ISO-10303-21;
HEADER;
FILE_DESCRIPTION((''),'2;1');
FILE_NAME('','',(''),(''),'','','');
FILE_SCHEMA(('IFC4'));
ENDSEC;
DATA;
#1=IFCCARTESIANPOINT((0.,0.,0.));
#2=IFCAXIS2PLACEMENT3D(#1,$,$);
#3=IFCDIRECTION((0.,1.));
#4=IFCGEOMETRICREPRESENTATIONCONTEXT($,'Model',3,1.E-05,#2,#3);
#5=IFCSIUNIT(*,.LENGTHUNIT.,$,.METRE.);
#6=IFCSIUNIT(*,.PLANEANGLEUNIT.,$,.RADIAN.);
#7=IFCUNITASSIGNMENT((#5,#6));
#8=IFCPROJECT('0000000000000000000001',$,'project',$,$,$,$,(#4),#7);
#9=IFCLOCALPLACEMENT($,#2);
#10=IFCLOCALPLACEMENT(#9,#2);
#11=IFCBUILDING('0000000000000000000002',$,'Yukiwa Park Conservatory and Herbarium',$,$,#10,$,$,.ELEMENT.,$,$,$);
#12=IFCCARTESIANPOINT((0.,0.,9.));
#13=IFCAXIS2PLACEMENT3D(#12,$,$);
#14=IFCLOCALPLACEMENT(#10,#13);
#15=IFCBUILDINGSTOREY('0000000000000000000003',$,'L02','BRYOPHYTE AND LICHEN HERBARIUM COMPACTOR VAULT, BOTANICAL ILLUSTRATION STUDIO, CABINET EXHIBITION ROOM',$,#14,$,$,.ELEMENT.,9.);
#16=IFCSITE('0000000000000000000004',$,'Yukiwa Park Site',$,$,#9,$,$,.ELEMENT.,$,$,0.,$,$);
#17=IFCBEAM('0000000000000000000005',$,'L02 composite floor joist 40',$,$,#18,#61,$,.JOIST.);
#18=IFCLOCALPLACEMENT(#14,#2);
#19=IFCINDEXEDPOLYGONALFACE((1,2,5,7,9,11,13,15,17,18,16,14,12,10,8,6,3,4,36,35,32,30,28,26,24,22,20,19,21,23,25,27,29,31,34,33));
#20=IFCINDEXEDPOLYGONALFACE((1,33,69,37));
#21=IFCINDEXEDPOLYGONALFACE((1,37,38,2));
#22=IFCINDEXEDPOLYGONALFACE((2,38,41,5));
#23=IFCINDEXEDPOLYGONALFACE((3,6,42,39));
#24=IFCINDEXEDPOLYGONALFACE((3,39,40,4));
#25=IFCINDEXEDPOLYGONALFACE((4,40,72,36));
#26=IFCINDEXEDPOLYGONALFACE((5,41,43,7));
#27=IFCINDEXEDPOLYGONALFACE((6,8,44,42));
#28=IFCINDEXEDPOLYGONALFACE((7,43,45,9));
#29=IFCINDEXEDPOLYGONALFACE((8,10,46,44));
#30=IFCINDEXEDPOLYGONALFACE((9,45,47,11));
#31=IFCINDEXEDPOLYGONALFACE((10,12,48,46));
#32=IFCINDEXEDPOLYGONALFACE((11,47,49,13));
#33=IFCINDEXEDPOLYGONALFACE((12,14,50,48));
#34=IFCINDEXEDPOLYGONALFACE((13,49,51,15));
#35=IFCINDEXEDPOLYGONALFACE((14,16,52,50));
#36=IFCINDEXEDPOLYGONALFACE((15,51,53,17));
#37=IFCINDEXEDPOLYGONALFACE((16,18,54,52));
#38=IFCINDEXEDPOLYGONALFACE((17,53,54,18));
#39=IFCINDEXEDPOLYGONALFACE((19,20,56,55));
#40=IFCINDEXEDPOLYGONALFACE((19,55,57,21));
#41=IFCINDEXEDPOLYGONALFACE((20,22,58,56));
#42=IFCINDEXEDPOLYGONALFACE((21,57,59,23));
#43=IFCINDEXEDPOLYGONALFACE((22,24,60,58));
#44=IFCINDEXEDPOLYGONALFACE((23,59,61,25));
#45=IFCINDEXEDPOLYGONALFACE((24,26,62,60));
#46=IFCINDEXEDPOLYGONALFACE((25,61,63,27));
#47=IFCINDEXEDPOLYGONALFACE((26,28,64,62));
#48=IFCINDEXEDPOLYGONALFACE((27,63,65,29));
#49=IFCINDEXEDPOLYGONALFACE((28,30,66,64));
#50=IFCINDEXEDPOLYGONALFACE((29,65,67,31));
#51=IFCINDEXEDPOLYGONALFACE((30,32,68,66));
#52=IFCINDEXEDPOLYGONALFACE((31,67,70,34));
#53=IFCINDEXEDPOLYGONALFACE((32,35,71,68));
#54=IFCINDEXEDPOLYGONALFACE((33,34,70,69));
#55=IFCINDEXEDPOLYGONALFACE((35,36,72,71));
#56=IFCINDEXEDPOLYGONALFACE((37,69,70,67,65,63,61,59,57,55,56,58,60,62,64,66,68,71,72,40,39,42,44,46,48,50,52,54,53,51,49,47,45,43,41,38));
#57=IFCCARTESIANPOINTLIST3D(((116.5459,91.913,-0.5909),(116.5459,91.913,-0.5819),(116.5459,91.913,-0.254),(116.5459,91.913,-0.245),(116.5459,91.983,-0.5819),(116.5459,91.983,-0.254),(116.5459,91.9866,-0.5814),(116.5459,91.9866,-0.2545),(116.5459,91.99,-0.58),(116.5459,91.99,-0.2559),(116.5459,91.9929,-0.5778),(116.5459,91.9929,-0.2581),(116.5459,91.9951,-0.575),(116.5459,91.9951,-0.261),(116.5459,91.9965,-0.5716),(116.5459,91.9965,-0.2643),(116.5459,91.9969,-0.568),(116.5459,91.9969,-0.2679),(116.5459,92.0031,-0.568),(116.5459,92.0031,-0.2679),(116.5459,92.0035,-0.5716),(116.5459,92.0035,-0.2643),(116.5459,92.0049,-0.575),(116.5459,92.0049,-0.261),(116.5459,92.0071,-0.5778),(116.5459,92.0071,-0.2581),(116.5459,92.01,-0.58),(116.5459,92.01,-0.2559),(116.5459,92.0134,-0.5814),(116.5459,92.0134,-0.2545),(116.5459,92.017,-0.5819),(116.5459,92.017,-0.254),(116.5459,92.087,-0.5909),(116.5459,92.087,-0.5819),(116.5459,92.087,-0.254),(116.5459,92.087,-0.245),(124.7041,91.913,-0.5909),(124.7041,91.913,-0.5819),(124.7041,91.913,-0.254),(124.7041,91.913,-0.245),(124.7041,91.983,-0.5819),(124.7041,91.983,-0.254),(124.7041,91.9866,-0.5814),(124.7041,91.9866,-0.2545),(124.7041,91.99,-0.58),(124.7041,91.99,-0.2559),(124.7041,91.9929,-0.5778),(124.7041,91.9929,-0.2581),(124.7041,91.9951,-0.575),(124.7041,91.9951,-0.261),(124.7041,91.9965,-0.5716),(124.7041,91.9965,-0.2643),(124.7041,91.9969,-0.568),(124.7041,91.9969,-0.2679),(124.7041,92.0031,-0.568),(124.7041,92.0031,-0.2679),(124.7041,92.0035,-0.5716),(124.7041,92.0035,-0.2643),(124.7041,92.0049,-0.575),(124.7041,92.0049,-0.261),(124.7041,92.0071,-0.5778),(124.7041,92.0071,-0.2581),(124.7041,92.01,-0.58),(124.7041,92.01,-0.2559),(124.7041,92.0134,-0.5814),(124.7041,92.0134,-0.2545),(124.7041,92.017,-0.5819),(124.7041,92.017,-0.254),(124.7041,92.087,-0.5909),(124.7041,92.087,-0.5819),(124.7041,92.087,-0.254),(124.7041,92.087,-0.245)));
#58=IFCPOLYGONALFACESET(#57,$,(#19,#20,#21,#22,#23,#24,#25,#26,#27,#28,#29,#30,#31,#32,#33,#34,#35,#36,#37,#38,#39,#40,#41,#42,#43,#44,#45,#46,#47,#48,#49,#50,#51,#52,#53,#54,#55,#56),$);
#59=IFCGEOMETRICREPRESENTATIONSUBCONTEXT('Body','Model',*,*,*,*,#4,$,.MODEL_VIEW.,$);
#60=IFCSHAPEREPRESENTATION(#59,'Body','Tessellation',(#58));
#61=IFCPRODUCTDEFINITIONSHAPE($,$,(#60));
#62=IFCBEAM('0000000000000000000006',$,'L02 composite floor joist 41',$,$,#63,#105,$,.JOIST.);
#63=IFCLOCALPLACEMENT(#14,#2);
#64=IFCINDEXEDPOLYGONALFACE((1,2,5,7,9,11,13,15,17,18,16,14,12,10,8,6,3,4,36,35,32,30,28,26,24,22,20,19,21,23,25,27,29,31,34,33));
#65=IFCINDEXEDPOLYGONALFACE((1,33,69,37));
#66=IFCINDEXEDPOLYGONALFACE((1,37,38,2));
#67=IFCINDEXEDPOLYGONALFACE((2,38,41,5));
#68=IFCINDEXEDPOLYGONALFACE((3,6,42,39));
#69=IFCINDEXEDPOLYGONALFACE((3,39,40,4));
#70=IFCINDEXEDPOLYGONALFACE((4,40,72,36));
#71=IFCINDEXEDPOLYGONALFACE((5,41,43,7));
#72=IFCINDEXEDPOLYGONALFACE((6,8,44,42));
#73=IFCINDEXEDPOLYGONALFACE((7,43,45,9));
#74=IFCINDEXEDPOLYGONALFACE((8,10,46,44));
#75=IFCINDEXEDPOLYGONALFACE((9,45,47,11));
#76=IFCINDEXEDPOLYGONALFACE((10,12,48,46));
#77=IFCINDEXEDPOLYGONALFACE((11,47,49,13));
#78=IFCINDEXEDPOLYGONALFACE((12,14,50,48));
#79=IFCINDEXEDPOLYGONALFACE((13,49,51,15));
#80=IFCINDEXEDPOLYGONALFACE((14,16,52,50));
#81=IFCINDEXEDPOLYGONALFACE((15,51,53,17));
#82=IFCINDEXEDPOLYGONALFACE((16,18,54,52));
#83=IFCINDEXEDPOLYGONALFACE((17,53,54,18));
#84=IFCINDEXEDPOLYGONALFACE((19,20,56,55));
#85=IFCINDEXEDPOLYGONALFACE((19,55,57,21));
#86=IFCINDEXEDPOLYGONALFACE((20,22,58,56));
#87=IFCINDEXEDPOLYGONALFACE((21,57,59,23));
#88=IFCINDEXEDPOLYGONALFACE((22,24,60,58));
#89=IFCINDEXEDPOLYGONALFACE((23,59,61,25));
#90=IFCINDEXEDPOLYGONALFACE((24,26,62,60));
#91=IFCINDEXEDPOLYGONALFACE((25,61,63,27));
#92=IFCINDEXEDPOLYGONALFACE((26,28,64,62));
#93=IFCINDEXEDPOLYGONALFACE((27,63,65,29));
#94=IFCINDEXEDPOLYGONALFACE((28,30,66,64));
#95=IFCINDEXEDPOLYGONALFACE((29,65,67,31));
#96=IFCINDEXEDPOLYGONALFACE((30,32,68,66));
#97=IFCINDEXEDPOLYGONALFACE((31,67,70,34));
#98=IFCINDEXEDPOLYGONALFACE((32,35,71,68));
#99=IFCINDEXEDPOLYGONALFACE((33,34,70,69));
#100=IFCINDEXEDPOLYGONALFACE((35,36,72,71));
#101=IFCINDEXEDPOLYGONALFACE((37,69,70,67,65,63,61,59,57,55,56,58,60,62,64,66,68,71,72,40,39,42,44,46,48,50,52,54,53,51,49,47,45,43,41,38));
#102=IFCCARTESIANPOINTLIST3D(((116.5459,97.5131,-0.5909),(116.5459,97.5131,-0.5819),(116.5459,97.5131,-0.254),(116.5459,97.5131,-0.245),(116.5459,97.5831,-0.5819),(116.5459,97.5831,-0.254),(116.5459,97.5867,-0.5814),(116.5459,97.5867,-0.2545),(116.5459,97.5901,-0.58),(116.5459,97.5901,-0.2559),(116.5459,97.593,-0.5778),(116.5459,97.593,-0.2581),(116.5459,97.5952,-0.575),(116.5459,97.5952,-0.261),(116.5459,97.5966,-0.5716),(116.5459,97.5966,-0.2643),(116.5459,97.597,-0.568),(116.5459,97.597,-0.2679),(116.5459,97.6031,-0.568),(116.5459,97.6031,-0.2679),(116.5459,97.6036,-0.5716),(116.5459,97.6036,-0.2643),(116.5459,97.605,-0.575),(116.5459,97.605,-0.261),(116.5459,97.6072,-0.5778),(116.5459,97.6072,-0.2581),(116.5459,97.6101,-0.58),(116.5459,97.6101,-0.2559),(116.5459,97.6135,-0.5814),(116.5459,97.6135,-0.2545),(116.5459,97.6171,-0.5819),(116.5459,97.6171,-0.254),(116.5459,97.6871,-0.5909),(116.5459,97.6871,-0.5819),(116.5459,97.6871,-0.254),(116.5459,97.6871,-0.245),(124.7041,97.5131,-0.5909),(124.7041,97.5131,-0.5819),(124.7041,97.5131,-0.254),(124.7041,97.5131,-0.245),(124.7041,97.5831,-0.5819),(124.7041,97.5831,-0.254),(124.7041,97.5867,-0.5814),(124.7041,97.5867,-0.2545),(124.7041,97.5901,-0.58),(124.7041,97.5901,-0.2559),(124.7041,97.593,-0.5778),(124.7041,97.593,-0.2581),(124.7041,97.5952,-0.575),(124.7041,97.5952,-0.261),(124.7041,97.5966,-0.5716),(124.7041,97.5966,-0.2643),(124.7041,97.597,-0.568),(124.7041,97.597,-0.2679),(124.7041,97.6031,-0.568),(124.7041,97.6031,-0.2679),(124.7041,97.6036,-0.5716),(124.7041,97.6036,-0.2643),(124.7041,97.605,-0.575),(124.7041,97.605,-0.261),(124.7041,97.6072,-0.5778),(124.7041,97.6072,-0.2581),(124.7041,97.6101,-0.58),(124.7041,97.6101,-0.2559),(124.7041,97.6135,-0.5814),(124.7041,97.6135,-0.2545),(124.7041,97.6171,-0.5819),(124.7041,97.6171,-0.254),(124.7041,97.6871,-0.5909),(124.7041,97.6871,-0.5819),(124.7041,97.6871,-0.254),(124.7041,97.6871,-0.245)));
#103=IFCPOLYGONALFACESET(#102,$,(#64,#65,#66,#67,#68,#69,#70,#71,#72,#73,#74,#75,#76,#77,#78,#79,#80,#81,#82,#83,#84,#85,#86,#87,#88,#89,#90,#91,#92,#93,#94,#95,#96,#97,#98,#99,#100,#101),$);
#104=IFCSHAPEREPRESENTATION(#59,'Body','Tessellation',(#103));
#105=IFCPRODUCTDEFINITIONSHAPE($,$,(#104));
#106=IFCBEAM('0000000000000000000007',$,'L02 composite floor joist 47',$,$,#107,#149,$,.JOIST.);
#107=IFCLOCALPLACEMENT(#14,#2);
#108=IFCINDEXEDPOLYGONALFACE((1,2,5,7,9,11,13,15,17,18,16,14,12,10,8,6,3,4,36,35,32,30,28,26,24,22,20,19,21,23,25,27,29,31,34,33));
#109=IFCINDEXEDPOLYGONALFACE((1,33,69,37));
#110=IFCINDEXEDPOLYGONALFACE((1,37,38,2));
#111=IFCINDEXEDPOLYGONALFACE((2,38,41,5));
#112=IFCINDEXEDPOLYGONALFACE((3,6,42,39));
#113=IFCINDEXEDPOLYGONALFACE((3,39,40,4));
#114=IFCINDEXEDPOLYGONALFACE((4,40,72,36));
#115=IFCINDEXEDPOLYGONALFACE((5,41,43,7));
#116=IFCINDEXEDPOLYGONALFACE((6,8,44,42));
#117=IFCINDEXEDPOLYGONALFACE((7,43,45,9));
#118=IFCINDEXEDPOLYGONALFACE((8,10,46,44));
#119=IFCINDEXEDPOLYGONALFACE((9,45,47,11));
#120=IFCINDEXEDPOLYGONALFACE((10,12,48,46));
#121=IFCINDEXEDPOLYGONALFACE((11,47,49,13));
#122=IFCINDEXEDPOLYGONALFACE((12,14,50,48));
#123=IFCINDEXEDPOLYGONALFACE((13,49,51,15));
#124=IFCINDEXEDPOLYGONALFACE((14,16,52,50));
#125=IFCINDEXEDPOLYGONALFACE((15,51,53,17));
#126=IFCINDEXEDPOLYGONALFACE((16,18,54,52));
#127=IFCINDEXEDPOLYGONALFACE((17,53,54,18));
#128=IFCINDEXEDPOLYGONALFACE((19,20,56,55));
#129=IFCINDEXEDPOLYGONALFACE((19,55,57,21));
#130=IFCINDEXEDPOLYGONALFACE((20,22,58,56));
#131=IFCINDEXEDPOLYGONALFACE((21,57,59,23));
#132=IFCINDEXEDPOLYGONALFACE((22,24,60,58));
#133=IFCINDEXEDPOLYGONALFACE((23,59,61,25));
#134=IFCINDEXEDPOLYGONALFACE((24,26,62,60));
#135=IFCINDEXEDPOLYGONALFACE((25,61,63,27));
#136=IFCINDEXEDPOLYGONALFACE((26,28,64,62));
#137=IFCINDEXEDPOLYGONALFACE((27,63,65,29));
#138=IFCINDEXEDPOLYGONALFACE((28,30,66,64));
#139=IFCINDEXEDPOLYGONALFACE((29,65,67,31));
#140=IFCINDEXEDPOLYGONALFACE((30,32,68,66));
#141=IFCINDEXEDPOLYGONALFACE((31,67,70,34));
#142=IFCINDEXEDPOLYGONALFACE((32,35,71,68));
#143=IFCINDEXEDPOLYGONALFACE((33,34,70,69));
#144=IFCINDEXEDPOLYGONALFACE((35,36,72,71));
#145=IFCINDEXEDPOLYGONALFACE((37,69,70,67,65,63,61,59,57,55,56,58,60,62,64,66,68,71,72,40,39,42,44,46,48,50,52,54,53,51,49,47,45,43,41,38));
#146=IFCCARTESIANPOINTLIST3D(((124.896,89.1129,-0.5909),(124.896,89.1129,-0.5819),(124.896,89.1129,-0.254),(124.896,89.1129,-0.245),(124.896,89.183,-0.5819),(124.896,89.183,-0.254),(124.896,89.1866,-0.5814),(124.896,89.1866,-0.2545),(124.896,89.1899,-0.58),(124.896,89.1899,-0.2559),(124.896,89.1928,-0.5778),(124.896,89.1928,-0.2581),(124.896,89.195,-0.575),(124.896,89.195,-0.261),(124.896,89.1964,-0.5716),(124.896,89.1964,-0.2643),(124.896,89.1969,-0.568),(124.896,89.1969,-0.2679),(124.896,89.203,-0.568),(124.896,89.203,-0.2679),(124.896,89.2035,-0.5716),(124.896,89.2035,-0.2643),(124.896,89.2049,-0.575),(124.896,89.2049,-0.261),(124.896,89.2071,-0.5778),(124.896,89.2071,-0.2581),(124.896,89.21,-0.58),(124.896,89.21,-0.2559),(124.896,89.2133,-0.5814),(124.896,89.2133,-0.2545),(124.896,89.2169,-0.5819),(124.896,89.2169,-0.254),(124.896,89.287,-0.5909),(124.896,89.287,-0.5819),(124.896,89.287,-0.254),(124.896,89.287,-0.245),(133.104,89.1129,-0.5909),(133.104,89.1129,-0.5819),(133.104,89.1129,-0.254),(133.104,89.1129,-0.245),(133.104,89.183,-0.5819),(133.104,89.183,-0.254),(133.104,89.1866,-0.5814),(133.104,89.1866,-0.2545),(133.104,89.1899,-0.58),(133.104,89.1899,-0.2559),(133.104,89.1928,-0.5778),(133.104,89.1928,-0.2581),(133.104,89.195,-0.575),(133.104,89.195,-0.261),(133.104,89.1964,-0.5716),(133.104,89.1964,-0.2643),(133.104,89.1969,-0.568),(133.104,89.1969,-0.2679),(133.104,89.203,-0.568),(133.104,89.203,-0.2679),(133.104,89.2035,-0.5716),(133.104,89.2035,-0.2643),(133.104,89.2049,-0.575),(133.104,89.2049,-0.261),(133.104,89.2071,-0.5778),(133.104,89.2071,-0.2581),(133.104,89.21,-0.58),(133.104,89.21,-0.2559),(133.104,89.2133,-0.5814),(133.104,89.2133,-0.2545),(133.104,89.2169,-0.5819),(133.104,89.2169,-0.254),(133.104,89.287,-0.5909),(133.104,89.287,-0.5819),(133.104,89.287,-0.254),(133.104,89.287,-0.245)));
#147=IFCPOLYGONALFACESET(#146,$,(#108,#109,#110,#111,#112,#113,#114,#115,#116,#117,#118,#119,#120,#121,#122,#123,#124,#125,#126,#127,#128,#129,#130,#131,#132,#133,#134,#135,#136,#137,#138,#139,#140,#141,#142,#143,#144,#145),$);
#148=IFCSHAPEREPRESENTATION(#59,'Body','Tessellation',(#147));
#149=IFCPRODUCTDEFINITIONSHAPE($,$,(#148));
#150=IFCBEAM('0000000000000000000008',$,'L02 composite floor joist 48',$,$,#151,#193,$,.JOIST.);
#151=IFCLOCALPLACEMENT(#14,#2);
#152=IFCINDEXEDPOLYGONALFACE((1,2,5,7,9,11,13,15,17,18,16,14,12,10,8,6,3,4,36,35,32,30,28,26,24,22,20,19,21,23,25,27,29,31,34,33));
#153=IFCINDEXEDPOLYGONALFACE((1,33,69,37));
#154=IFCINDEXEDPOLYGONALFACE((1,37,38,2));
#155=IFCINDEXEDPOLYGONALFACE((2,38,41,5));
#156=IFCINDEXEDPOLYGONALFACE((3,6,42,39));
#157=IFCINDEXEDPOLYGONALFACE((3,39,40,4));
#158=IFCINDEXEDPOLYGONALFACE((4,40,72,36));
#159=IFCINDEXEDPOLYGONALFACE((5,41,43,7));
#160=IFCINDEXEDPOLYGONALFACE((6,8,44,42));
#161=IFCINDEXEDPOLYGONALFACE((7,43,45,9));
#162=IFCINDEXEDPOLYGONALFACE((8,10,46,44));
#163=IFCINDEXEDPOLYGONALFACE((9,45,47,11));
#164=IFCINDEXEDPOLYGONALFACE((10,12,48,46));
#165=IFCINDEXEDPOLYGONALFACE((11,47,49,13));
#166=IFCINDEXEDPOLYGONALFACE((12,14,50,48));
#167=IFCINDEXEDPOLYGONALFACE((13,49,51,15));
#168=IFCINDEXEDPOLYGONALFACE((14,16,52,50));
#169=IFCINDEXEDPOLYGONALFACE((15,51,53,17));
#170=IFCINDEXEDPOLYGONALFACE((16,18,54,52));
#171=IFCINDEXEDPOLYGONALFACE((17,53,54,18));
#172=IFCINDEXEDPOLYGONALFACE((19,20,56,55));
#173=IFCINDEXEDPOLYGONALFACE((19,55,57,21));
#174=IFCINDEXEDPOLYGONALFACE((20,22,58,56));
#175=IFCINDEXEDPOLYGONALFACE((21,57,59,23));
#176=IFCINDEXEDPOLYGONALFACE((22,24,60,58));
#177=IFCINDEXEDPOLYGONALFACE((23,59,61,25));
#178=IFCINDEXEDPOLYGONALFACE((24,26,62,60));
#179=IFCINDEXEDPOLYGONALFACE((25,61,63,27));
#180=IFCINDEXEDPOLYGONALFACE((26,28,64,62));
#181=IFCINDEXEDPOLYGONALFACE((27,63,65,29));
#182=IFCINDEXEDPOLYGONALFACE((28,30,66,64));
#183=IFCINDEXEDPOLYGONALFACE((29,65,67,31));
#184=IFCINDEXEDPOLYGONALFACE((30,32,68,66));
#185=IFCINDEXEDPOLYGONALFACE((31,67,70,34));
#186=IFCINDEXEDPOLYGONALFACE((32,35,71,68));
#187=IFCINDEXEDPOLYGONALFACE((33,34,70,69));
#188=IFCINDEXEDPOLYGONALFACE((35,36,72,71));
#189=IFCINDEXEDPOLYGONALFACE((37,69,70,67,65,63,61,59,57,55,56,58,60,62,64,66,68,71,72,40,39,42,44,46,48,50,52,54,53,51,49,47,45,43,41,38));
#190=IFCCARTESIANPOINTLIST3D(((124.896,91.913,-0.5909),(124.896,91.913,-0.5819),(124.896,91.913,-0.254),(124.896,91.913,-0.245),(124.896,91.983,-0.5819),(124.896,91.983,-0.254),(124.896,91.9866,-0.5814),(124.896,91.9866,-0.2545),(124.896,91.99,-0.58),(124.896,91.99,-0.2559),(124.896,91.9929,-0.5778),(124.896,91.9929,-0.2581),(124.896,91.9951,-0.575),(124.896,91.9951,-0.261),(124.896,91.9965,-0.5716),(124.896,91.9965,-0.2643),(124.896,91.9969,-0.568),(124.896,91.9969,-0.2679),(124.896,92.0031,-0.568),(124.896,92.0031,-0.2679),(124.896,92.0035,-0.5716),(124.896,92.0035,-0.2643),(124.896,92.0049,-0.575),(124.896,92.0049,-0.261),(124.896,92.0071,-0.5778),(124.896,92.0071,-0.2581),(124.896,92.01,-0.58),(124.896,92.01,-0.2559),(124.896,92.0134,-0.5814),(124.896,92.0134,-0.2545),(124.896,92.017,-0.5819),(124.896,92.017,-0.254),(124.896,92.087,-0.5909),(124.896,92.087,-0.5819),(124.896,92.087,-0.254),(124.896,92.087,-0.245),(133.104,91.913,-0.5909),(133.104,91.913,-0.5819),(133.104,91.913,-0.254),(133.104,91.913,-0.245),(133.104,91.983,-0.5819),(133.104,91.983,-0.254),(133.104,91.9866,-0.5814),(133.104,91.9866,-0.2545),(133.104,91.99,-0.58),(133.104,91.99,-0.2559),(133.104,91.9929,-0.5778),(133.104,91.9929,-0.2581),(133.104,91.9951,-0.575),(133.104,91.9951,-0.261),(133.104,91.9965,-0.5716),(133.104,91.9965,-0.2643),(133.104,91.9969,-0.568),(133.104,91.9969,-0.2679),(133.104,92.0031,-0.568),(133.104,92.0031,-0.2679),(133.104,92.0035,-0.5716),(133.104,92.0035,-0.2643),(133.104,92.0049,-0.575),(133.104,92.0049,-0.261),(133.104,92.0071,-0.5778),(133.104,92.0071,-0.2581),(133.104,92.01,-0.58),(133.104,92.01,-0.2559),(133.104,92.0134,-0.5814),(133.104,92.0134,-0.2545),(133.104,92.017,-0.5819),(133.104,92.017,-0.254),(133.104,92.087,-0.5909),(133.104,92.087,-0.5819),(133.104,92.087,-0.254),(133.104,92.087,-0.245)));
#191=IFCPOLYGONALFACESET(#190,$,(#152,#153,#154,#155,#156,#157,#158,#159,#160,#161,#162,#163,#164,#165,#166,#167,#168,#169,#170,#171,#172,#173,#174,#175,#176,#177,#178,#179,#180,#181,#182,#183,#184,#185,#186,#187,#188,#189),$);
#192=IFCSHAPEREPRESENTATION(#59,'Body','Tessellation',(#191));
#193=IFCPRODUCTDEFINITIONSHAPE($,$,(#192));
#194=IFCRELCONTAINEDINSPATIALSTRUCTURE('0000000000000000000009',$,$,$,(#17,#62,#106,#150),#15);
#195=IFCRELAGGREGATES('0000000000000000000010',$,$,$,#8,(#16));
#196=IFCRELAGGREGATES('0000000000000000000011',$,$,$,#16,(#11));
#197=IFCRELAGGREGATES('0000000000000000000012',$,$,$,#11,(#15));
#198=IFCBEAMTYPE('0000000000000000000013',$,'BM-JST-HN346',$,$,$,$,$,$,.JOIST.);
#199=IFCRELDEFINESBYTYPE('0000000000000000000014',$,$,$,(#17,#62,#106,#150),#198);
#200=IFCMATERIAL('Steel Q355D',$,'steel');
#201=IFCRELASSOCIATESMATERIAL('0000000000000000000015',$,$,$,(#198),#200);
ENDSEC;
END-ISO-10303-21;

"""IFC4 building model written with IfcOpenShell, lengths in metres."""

from ifc_helpers import new_model, si_unit, direction, frame, origin, origin_2d, place, context, subcontext, project, spatial, i_section, extrude, material, material_profile, profile_set, type_object, element, save


model = new_model("IFC4")

# Units and contexts
model_context = context("Model", 3, precision=1e-05, world=origin(), true_north=direction((0.0, 1.0)))
body_context = subcontext(model_context, "Body", "Model", "MODEL_VIEW")
ifc_project = project(units=[si_unit("LENGTHUNIT", "METRE"), si_unit("PLANEANGLEUNIT", "RADIAN")], contexts=[model_context])

# Site, building, storey
site_placement = place(None, origin())
site = spatial("IfcSite", under=ifc_project, at=site_placement, Name="Yukiwa Park Site", CompositionType="ELEMENT", RefElevation=0.0)
building_placement = place(site_placement, origin())
building = spatial("IfcBuilding", under=site, at=building_placement, Name="Yukiwa Park Conservatory and Herbarium", CompositionType="ELEMENT")
storey_placement = place(building_placement, frame((0.0, 0.0, 9.0)))
storey = spatial("IfcBuildingStorey", under=building, at=storey_placement, Name="L02", Description="BRYOPHYTE AND LICHEN HERBARIUM COMPACTOR VAULT, BOTANICAL ILLUSTRATION STUDIO, CABINET EXHIBITION ROOM", CompositionType="ELEMENT", Elevation=9.0)

# Beams
ifc_material_1 = material(Name="Steel Q355D", Category="steel")
ifc_material_profile_1 = material_profile(ifc_material_1, i_section(OverallWidth=0.1741, OverallDepth=0.3459, WebThickness=0.0061, FlangeThickness=0.009, FilletRadius=0.0139, at=origin_2d()), Name="HN 346x174x6x9")
ifc_profile_set_1 = profile_set([ifc_material_profile_1], Name="Steel Q355D")
beam_type_1 = type_object("IfcBeamType", Name="BM-JST-HN346", PredefinedType="JOIST", material=ifc_profile_set_1)
for number, where, z_axis, x_axis, name in (
    (1, (116.5459, 92.0, -0.418), (1.0, 0.0, 0.0), (0.0, 1.0, 0.0), "L02 composite floor joist 40"),
    (2, (116.5459, 97.6001, -0.418), (1.0, 0.0, 0.0), (0.0, 1.0, 0.0), "L02 composite floor joist 41"),
):
    element("IfcBeam", number, at=place(storey_placement, frame(where, z_axis=z_axis, x_axis=x_axis)), inside=storey, type_object=beam_type_1, Name=name, PredefinedType="JOIST", context=body_context, shape_type="SweptSolid", body=[
        extrude(i_section(OverallWidth=0.1741, OverallDepth=0.3459, WebThickness=0.0061, FlangeThickness=0.009, FilletRadius=0.0139, at=origin_2d()), origin(), (0.0, 0.0, 1.0), 8.1582),
    ])
for number, where, z_axis, x_axis, name in (
    (3, (124.896, 89.2, -0.418), (1.0, 0.0, 0.0), (0.0, 1.0, 0.0), "L02 composite floor joist 47"),
    (4, (124.896, 92.0, -0.418), (1.0, 0.0, 0.0), (0.0, 1.0, 0.0), "L02 composite floor joist 48"),
):
    element("IfcBeam", number, at=place(storey_placement, frame(where, z_axis=z_axis, x_axis=x_axis)), inside=storey, type_object=beam_type_1, Name=name, PredefinedType="JOIST", context=body_context, shape_type="SweptSolid", body=[
        extrude(i_section(OverallWidth=0.1741, OverallDepth=0.3459, WebThickness=0.0061, FlangeThickness=0.009, FilletRadius=0.0139, at=origin_2d()), origin(), (0.0, 0.0, 1.0), 8.208),
    ])

save(model, "model.ifc")
